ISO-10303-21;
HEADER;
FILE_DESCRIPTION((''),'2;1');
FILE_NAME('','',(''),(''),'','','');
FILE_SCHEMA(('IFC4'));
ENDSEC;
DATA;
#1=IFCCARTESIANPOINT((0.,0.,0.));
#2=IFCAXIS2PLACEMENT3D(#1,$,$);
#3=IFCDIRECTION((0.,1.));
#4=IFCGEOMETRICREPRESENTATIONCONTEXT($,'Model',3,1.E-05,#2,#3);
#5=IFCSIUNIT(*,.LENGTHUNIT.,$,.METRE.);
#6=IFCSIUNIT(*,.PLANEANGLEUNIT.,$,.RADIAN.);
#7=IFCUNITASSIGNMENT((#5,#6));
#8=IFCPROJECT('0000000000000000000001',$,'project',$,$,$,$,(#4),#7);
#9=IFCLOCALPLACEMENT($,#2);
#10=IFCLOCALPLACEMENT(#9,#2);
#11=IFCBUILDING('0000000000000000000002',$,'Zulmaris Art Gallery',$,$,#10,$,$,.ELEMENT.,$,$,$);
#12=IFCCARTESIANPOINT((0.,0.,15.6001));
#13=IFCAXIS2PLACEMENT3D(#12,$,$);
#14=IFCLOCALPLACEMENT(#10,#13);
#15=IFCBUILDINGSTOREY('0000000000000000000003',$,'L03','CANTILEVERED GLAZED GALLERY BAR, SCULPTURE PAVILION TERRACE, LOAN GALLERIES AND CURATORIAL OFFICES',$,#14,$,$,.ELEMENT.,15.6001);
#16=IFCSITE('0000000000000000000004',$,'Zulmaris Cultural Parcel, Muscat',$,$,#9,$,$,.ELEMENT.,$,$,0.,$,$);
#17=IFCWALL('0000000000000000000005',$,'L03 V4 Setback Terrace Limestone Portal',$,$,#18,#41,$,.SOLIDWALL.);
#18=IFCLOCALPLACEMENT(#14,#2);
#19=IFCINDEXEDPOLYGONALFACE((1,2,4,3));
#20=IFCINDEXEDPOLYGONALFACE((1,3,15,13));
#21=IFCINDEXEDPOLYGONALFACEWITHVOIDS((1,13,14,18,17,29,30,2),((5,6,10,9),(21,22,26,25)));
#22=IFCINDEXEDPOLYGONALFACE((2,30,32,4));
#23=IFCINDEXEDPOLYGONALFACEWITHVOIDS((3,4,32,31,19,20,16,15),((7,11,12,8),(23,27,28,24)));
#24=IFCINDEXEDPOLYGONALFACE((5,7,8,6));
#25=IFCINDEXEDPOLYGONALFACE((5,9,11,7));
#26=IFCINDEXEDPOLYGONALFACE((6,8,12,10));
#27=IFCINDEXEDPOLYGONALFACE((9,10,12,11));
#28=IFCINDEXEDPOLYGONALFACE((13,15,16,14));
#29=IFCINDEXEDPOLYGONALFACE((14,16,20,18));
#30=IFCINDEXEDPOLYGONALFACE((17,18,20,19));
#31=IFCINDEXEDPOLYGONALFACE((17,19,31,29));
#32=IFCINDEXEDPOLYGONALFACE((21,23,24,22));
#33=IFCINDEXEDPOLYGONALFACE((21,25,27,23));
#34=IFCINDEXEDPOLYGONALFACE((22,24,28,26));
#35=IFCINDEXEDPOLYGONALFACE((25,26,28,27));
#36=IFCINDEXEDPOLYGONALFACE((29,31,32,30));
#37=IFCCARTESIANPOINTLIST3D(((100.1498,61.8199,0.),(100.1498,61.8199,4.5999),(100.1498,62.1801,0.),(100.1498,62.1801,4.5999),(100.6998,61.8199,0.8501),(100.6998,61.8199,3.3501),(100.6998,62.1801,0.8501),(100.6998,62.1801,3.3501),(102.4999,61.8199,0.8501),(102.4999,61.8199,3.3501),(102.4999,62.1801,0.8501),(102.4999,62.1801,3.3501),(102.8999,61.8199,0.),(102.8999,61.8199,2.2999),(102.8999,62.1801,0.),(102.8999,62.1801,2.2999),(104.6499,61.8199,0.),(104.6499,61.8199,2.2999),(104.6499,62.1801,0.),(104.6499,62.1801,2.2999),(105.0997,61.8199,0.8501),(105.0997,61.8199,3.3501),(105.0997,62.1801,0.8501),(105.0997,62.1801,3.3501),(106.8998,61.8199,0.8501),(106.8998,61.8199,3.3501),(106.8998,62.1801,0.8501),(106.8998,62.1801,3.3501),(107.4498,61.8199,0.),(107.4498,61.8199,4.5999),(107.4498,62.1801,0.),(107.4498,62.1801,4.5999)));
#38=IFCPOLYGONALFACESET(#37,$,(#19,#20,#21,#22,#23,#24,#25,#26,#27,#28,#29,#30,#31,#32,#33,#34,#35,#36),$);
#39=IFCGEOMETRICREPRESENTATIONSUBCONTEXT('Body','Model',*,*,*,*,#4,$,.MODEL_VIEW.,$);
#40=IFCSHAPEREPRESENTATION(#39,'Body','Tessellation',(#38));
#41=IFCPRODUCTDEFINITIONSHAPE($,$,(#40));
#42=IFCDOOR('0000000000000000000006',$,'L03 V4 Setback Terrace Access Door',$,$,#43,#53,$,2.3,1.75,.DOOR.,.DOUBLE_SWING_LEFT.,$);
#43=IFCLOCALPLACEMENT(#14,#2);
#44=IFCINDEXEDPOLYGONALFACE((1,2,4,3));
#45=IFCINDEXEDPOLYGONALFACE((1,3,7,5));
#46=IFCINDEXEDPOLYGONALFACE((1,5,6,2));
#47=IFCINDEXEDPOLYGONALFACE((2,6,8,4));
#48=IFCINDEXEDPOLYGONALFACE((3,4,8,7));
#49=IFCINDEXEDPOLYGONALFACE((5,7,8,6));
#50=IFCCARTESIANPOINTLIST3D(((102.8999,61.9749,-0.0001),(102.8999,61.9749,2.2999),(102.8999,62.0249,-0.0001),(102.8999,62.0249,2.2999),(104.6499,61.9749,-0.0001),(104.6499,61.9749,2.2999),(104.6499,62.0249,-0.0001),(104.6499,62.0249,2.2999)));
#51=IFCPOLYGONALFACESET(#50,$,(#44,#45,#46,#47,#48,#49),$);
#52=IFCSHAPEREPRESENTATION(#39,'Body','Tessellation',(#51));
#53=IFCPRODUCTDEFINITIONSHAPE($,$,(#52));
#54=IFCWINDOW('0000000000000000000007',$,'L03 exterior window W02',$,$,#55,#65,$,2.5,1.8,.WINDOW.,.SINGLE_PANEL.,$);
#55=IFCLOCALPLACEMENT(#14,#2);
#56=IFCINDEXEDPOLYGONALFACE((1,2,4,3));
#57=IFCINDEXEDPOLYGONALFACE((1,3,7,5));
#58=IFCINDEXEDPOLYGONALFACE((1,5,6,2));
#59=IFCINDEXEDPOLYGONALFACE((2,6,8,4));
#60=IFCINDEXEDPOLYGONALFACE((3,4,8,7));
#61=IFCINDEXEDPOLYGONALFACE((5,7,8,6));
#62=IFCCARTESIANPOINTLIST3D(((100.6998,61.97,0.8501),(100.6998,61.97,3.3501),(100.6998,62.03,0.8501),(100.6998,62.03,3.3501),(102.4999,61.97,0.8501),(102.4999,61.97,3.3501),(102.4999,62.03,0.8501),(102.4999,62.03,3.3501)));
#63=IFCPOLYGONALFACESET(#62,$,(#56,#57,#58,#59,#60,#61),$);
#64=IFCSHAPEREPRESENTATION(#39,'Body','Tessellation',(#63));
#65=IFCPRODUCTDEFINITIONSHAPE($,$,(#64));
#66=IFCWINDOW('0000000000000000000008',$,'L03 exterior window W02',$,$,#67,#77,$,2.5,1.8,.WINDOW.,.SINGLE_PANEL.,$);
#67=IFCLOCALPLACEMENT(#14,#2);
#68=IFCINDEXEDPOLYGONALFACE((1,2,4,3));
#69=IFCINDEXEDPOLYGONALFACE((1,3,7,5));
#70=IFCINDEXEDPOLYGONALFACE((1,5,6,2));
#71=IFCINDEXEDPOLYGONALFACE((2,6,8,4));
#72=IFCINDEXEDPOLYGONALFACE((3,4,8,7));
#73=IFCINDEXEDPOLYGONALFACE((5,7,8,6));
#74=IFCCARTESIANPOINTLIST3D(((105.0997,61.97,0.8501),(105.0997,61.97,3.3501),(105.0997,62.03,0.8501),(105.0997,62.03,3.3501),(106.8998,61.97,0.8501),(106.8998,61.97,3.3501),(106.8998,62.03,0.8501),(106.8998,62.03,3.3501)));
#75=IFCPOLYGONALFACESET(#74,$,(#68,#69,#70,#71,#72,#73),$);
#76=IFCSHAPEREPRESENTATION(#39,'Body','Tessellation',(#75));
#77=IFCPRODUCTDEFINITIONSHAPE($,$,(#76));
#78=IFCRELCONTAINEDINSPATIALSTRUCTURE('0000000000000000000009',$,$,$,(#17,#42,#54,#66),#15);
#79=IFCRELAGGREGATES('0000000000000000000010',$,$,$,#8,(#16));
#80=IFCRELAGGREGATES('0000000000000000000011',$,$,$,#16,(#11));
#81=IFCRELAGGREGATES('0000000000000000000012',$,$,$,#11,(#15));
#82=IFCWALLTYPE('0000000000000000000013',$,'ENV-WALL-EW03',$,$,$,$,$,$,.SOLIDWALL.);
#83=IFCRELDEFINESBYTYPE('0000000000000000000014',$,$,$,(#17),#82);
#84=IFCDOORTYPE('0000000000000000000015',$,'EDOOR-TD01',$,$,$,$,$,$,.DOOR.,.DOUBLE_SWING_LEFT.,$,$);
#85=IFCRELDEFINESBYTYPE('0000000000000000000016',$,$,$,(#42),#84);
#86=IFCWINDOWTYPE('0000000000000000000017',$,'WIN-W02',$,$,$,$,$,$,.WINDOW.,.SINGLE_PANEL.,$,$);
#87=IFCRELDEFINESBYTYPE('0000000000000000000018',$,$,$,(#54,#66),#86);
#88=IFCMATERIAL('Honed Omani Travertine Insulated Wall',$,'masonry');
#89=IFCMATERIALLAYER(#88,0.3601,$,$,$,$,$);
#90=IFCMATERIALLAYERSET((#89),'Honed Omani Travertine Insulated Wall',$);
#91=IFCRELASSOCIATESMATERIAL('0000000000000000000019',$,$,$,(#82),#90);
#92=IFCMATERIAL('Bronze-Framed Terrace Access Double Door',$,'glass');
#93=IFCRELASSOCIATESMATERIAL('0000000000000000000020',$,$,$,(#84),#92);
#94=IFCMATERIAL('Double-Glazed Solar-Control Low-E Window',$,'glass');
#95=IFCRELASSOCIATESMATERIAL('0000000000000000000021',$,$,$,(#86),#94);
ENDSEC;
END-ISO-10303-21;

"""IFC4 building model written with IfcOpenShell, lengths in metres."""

from ifc_helpers import new_model, si_unit, direction, frame, frame_2d, origin, place, context, subcontext, project, spatial, rectangle, extrude, material, layer, layer_set, type_object, element, fill, save


model = new_model("IFC4")

# Units and contexts
model_context = context("Model", 3, precision=1e-05, world=origin(), true_north=direction((0.0, 1.0)))
body_context = subcontext(model_context, "Body", "Model", "MODEL_VIEW")
ifc_project = project(units=[si_unit("LENGTHUNIT", "METRE"), si_unit("PLANEANGLEUNIT", "RADIAN")], contexts=[model_context])

# Site, building, storey
site_placement = place(None, origin())
site = spatial("IfcSite", under=ifc_project, at=site_placement, Name="Zulmaris Cultural Parcel, Muscat", CompositionType="ELEMENT", RefElevation=0.0)
building_placement = place(site_placement, origin())
building = spatial("IfcBuilding", under=site, at=building_placement, Name="Zulmaris Art Gallery", CompositionType="ELEMENT")
storey_placement = place(building_placement, frame((0.0, 0.0, 15.6001)))
storey = spatial("IfcBuildingStorey", under=building, at=storey_placement, Name="L03", Description="CANTILEVERED GLAZED GALLERY BAR, SCULPTURE PAVILION TERRACE, LOAN GALLERIES AND CURATORIAL OFFICES", CompositionType="ELEMENT", Elevation=15.6001)

# Wall, openings, door, windows
ifc_material_1 = material(Name="Honed Omani Travertine Insulated Wall", Category="masonry")
ifc_layer_1 = layer(ifc_material_1, 0.3601)
ifc_layer_set_1 = layer_set([ifc_layer_1], Name="Honed Omani Travertine Insulated Wall")
wall_type = type_object("IfcWallType", Name="ENV-WALL-EW03", PredefinedType="SOLIDWALL", material=ifc_layer_set_1)
wall_placement = place(storey_placement, frame((100.1499, 62.0, 0.0), z_axis=(0.0, 0.0, 1.0), x_axis=(1.0, 0.0, 0.0)))
wall = element("IfcWall", 1, at=wall_placement, inside=storey, type_object=wall_type, Name="L03 V4 Setback Terrace Limestone Portal", PredefinedType="SOLIDWALL", context=body_context, shape_type="SweptSolid", body=[
    extrude(rectangle(XDim=7.3, YDim=0.3601, at=frame_2d((3.6499, 0.0))), origin(), (0.0, 0.0, 1.0), 4.5999),
])
opening_1_placement = place(wall_placement, frame((0.55, 0.0, 0.8501)))
opening_1 = element("IfcOpeningElement", 2, at=opening_1_placement, cuts=wall, PredefinedType="OPENING", context=body_context, shape_type="SweptSolid", body=[
    extrude(rectangle(XDim=1.8, YDim=2.5, at=frame_2d((0.8999, 1.25))), frame((0.0, 0.1899, 0.0), z_axis=(0.0, -1.0, 0.0), x_axis=(1.0, 0.0, 0.0)), (0.0, 0.0, 1.0), 0.3801),
])
opening_2_placement = place(wall_placement, frame((4.95, 0.0, 0.8501)))
opening_2 = element("IfcOpeningElement", 3, at=opening_2_placement, cuts=wall, PredefinedType="OPENING", context=body_context, shape_type="SweptSolid", body=[
    extrude(rectangle(XDim=1.8, YDim=2.5, at=frame_2d((0.8999, 1.25))), frame((0.0, 0.1899, 0.0), z_axis=(0.0, -1.0, 0.0), x_axis=(1.0, 0.0, 0.0)), (0.0, 0.0, 1.0), 0.3801),
])
opening_3_placement = place(wall_placement, frame((2.75, 0.0, 0.0)))
opening_3 = element("IfcOpeningElement", 4, at=opening_3_placement, cuts=wall, PredefinedType="OPENING", context=body_context, shape_type="SweptSolid", body=[
    extrude(rectangle(XDim=1.75, YDim=2.3, at=frame_2d((0.875, 1.1499))), frame((0.0, 0.1899, 0.0), z_axis=(0.0, -1.0, 0.0), x_axis=(1.0, 0.0, 0.0)), (0.0, 0.0, 1.0), 0.3801),
])
ifc_material_2 = material(Name="Bronze-Framed Terrace Access Double Door", Category="glass")
door_type = type_object("IfcDoorType", Name="EDOOR-TD01", OperationType="DOUBLE_SWING_LEFT", PredefinedType="DOOR", material=ifc_material_2)
door_placement = place(opening_3_placement, origin())
door = element("IfcDoor", 5, at=door_placement, inside=storey, type_object=door_type, Name="L03 V4 Setback Terrace Access Door", OperationType="DOUBLE_SWING_LEFT", OverallHeight=2.3, OverallWidth=1.75, PredefinedType="DOOR", context=body_context, shape_type="SweptSolid", body=[
    extrude(rectangle(XDim=1.75, YDim=2.3, at=frame_2d((0.875, 1.1499))), frame((0.0, 0.0249, 0.0), z_axis=(0.0, -1.0, 0.0), x_axis=(1.0, 0.0, 0.0)), (0.0, 0.0, 1.0), 0.05),
])
fill(opening_3, door)
ifc_material_3 = material(Name="Double-Glazed Solar-Control Low-E Window", Category="glass")
window_type = type_object("IfcWindowType", Name="WIN-W02", PartitioningType="SINGLE_PANEL", PredefinedType="WINDOW", material=ifc_material_3)
window_1_placement = place(opening_1_placement, origin())
window_1 = element("IfcWindow", 6, at=window_1_placement, inside=storey, type_object=window_type, Name="L03 exterior window W02", OverallHeight=2.5, OverallWidth=1.8, PartitioningType="SINGLE_PANEL", PredefinedType="WINDOW", context=body_context, shape_type="SweptSolid", body=[
    extrude(rectangle(XDim=1.8, YDim=2.5, at=frame_2d((0.8999, 1.25))), frame((0.0, 0.03, 0.0), z_axis=(0.0, -1.0, 0.0), x_axis=(1.0, 0.0, 0.0)), (0.0, 0.0, 1.0), 0.0601),
])
fill(opening_1, window_1)
window_2_placement = place(opening_2_placement, origin())
window_2 = element("IfcWindow", 7, at=window_2_placement, inside=storey, type_object=window_type, Name="L03 exterior window W02", OverallHeight=2.5, OverallWidth=1.8, PartitioningType="SINGLE_PANEL", PredefinedType="WINDOW", context=body_context, shape_type="SweptSolid", body=[
    extrude(rectangle(XDim=1.8, YDim=2.5, at=frame_2d((0.8999, 1.25))), frame((0.0, 0.03, 0.0), z_axis=(0.0, -1.0, 0.0), x_axis=(1.0, 0.0, 0.0)), (0.0, 0.0, 1.0), 0.0601),
])
fill(opening_2, window_2)

save(model, "model.ifc")
